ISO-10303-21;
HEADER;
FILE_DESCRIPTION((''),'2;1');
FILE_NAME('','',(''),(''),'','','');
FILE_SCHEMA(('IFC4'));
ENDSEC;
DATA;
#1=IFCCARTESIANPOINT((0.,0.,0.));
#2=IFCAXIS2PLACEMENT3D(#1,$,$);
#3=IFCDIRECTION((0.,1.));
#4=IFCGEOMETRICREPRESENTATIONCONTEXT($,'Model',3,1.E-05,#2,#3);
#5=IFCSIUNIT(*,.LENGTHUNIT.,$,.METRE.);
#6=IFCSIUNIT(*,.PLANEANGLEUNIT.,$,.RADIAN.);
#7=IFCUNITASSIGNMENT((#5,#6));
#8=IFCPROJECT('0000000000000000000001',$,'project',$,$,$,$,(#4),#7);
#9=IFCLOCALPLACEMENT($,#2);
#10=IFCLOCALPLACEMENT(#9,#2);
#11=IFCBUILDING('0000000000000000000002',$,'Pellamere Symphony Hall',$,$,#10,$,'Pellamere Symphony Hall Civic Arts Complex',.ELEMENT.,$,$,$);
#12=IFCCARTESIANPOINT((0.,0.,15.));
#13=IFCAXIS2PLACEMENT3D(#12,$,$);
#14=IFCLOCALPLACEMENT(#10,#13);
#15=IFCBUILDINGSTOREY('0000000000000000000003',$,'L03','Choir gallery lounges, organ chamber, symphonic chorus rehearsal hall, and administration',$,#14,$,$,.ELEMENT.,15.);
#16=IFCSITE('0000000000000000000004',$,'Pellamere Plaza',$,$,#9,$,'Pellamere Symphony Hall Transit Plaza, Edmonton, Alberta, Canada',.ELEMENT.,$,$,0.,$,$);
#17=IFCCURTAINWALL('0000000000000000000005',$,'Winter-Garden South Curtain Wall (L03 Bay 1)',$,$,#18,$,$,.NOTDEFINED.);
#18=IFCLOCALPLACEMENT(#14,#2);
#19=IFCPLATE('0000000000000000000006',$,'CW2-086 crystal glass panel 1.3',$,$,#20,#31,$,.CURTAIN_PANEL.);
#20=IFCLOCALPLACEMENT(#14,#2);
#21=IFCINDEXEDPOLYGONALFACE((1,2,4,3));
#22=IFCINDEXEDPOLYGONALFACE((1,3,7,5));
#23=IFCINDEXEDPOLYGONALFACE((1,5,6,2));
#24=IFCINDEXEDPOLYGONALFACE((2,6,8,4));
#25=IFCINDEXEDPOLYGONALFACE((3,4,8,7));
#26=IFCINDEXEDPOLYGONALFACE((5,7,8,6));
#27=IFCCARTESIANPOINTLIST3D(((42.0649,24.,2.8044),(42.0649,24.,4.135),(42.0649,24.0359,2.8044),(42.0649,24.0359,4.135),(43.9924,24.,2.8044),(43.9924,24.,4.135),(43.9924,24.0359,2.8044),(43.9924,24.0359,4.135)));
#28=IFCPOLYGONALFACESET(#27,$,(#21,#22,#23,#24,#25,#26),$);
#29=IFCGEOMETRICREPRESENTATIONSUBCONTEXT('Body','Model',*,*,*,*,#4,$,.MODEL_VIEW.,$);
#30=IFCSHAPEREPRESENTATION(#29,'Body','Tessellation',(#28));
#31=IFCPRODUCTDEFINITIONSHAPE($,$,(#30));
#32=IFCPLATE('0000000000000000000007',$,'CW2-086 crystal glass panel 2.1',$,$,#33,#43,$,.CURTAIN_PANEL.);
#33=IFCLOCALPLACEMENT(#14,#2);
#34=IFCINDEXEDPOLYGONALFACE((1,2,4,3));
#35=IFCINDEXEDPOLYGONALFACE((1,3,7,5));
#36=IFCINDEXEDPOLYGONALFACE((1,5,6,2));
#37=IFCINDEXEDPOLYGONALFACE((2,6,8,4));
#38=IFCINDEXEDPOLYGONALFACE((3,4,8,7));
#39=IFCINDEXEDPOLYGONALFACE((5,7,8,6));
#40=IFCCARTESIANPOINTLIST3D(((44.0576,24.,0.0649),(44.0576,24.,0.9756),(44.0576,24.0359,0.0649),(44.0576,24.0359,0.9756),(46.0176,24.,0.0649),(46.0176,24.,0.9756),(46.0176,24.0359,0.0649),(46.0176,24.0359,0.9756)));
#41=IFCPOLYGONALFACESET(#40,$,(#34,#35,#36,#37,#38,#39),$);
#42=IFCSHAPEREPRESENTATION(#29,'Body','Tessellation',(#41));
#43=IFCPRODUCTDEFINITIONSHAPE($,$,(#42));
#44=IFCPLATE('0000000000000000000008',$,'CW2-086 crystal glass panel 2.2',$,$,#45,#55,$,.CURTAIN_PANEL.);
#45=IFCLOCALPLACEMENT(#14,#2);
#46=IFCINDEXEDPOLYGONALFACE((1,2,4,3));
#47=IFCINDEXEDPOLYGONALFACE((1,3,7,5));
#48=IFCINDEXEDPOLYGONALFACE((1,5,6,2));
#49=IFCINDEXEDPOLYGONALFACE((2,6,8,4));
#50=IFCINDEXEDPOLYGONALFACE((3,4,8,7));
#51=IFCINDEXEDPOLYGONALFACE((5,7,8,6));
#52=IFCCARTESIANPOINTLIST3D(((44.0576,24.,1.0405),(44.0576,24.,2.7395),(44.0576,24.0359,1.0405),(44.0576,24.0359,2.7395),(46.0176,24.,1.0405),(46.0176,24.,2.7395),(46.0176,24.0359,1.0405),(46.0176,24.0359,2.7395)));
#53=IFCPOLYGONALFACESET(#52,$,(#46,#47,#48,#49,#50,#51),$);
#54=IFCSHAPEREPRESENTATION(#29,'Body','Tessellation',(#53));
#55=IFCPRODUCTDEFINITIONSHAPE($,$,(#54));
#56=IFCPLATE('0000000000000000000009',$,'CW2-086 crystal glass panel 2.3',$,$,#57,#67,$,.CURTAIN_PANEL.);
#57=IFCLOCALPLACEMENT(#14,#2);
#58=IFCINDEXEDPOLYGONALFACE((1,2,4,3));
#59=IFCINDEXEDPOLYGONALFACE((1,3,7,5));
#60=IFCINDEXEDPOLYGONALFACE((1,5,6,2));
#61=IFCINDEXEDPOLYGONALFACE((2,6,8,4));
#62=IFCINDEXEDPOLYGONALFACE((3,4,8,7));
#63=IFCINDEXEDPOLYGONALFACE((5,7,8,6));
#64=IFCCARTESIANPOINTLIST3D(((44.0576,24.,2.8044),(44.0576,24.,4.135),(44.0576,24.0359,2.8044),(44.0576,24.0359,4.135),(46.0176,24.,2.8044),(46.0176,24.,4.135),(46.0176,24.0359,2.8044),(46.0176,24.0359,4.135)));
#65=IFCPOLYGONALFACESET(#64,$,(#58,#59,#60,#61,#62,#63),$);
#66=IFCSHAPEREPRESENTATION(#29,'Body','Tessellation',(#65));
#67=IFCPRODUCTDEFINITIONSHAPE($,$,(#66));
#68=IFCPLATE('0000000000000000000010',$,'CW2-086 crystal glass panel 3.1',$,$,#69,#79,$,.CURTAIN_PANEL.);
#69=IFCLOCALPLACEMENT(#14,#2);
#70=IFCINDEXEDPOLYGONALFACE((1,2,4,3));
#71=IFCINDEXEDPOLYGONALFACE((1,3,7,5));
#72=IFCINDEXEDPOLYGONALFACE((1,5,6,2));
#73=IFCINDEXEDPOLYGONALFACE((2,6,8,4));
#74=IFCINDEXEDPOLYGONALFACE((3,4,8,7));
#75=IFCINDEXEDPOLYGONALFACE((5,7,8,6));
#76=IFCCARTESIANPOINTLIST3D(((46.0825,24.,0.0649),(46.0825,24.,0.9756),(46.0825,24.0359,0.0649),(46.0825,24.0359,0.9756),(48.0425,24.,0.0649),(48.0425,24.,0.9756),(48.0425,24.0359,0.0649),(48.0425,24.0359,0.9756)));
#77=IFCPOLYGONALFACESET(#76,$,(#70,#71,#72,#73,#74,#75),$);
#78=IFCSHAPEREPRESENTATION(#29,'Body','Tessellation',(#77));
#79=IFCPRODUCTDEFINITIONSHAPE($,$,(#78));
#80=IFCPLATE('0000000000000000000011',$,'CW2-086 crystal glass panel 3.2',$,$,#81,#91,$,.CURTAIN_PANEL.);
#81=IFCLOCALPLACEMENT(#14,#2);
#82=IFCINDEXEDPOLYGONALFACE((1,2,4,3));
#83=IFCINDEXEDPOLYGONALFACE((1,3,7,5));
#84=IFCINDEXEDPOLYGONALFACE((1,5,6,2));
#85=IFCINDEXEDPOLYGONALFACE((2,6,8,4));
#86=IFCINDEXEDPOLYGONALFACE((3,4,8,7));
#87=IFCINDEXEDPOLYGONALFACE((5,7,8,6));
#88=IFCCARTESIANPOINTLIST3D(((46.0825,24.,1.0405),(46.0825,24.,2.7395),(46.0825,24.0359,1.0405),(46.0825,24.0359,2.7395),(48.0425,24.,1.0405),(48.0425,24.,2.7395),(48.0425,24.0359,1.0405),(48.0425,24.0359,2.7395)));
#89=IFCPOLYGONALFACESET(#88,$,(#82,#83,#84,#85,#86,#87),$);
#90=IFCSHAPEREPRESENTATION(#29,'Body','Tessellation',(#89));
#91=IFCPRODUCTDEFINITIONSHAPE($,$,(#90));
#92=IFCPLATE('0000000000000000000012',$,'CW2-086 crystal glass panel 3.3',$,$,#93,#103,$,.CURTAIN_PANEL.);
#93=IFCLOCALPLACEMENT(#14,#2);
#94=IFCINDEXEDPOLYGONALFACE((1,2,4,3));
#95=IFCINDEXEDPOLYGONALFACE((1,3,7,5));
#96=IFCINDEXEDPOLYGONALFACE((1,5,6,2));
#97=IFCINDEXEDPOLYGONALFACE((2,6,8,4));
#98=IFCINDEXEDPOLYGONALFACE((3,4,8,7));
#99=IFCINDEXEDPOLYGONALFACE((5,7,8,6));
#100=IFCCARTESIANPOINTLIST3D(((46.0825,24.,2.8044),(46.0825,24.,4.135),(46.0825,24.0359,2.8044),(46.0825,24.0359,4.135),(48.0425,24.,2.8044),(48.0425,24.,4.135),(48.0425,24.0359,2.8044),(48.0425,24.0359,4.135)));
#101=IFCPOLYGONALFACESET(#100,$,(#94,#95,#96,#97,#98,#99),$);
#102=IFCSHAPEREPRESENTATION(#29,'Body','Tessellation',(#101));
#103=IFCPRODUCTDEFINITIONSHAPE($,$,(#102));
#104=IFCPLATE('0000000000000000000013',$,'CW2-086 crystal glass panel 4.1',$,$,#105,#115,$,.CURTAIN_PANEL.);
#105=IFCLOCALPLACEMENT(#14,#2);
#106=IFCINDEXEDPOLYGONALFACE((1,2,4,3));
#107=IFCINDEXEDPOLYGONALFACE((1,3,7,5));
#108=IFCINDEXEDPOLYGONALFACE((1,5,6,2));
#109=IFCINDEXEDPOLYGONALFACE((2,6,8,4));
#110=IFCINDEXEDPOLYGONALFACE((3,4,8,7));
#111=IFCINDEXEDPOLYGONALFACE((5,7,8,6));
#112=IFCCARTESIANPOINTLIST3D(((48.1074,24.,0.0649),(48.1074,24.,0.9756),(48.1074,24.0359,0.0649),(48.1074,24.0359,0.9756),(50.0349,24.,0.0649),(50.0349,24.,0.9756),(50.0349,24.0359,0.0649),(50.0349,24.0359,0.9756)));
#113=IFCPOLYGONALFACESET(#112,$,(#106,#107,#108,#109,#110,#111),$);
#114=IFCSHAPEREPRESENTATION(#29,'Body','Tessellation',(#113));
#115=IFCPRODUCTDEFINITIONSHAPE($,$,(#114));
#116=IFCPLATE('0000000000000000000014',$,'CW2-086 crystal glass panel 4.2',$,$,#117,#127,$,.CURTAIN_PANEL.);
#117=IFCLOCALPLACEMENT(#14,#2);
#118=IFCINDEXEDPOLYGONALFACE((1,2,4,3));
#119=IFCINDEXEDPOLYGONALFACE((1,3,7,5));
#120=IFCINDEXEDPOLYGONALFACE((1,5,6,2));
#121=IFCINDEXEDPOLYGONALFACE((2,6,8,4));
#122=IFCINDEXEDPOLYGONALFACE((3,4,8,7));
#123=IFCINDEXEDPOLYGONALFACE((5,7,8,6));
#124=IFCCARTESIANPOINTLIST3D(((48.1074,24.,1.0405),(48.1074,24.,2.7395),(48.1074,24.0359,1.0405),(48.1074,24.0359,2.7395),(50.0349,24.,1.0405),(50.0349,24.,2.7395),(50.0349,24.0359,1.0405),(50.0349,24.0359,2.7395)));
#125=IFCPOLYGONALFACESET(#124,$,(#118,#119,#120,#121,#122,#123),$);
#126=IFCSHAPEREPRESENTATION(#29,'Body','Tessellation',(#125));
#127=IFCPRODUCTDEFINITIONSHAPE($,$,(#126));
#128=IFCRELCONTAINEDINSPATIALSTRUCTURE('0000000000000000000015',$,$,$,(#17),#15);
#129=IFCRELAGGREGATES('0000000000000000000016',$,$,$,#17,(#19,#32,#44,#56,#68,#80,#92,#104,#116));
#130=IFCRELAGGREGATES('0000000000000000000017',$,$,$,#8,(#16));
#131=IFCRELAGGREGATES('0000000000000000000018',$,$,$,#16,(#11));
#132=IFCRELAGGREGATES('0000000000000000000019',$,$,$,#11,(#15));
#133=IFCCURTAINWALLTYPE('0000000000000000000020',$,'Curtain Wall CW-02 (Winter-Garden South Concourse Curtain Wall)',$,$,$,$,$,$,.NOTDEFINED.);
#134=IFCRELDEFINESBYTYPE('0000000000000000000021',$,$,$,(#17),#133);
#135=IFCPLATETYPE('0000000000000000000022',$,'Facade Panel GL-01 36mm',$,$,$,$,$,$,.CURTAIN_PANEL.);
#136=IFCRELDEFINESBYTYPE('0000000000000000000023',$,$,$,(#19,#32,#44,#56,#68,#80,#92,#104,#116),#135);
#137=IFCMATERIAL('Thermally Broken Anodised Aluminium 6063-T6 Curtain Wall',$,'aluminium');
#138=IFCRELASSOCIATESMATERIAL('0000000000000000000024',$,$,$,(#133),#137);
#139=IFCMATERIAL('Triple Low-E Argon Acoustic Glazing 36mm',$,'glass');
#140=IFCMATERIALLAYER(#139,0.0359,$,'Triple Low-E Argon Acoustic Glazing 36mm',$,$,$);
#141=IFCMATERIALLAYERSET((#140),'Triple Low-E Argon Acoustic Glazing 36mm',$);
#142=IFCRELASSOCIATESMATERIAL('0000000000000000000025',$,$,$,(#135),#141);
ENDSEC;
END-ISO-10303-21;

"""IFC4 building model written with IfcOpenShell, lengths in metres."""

from ifc_helpers import new_model, si_unit, direction, frame, origin, place, context, subcontext, project, spatial, polyline, outline, extrude, material, layer, layer_set, type_object, element, aggregate, save


model = new_model("IFC4")

# Units and contexts
model_context = context("Model", 3, precision=1e-05, world=origin(), true_north=direction((0.0, 1.0)))
body_context = subcontext(model_context, "Body", "Model", "MODEL_VIEW")
ifc_project = project(units=[si_unit("LENGTHUNIT", "METRE"), si_unit("PLANEANGLEUNIT", "RADIAN")], contexts=[model_context])

# Site, building, storey
site_placement = place(None, origin())
site = spatial("IfcSite", under=ifc_project, at=site_placement, Name="Pellamere Plaza", LongName="Pellamere Symphony Hall Transit Plaza, Edmonton, Alberta, Canada", CompositionType="ELEMENT", RefElevation=0.0)
building_placement = place(site_placement, origin())
building = spatial("IfcBuilding", under=site, at=building_placement, Name="Pellamere Symphony Hall", LongName="Pellamere Symphony Hall Civic Arts Complex", CompositionType="ELEMENT")
storey_placement = place(building_placement, frame((0.0, 0.0, 15.0)))
storey = spatial("IfcBuildingStorey", under=building, at=storey_placement, Name="L03", Description="Choir gallery lounges, organ chamber, symphonic chorus rehearsal hall, and administration", CompositionType="ELEMENT", Elevation=15.0)

# Curtain wall, plates
ifc_material_1 = material(Name="Thermally Broken Anodised Aluminium 6063-T6 Curtain Wall", Category="aluminium")
curtain_wall_type = type_object("IfcCurtainWallType", Name="Curtain Wall CW-02 (Winter-Garden South Concourse Curtain Wall)", PredefinedType="NOTDEFINED", material=ifc_material_1)
curtain_wall_placement = place(storey_placement, origin())
curtain_wall = element("IfcCurtainWall", 1, at=curtain_wall_placement, inside=storey, type_object=curtain_wall_type, Name="Winter-Garden South Curtain Wall (L03 Bay 1)", PredefinedType="NOTDEFINED")
ifc_material_2 = material(Name="Triple Low-E Argon Acoustic Glazing 36mm", Category="glass")
ifc_layer = layer(ifc_material_2, 0.0359, Name="Triple Low-E Argon Acoustic Glazing 36mm")
ifc_layer_set = layer_set([ifc_layer], Name="Triple Low-E Argon Acoustic Glazing 36mm")
plate_type = type_object("IfcPlateType", Name="Facade Panel GL-01 36mm", PredefinedType="CURTAIN_PANEL", material=ifc_layer_set)
plate_1_placement = place(storey_placement, frame((42.0649, 24.0, 2.8044), z_axis=(0.0, -1.0, 0.0), x_axis=(1.0, 0.0, 0.0)))
plate_1 = element("IfcPlate", 2, at=plate_1_placement, type_object=plate_type, Name="CW2-086 crystal glass panel 1.3", PredefinedType="CURTAIN_PANEL", context=body_context, shape_type="SweptSolid", body=[
    extrude(outline(polyline([(0.0, 0.0), (1.9275, 0.0), (1.9275, 1.3306), (0.0, 1.3306), (0.0, 0.0)])), origin(), (0.0, 0.0, -1.0), 0.0359),
])
plate_2_placement = place(storey_placement, frame((44.0576, 24.0, 0.0649), z_axis=(0.0, -1.0, 0.0), x_axis=(1.0, 0.0, 0.0)))
plate_2 = element("IfcPlate", 3, at=plate_2_placement, type_object=plate_type, Name="CW2-086 crystal glass panel 2.1", PredefinedType="CURTAIN_PANEL", context=body_context, shape_type="SweptSolid", body=[
    extrude(outline(polyline([(0.0, 0.0), (1.96, 0.0), (1.96, 0.9106), (0.0, 0.9106), (0.0, 0.0)])), origin(), (0.0, 0.0, -1.0), 0.0359),
])
plate_3_placement = place(storey_placement, frame((44.0576, 24.0, 1.0405), z_axis=(0.0, -1.0, 0.0), x_axis=(1.0, 0.0, 0.0)))
plate_3 = element("IfcPlate", 4, at=plate_3_placement, type_object=plate_type, Name="CW2-086 crystal glass panel 2.2", PredefinedType="CURTAIN_PANEL", context=body_context, shape_type="SweptSolid", body=[
    extrude(outline(polyline([(0.0, 0.0), (1.96, 0.0), (1.96, 1.699), (0.0, 1.699), (0.0, 0.0)])), origin(), (0.0, 0.0, -1.0), 0.0359),
])
plate_4_placement = place(storey_placement, frame((44.0576, 24.0, 2.8044), z_axis=(0.0, -1.0, 0.0), x_axis=(1.0, 0.0, 0.0)))
plate_4 = element("IfcPlate", 5, at=plate_4_placement, type_object=plate_type, Name="CW2-086 crystal glass panel 2.3", PredefinedType="CURTAIN_PANEL", context=body_context, shape_type="SweptSolid", body=[
    extrude(outline(polyline([(0.0, 0.0), (1.96, 0.0), (1.96, 1.3306), (0.0, 1.3306), (0.0, 0.0)])), origin(), (0.0, 0.0, -1.0), 0.0359),
])
plate_5_placement = place(storey_placement, frame((46.0825, 24.0, 0.0649), z_axis=(0.0, -1.0, 0.0), x_axis=(1.0, 0.0, 0.0)))
plate_5 = element("IfcPlate", 6, at=plate_5_placement, type_object=plate_type, Name="CW2-086 crystal glass panel 3.1", PredefinedType="CURTAIN_PANEL", context=body_context, shape_type="SweptSolid", body=[
    extrude(outline(polyline([(0.0, 0.0), (1.96, 0.0), (1.96, 0.9106), (0.0, 0.9106), (0.0, 0.0)])), origin(), (0.0, 0.0, -1.0), 0.0359),
])
plate_6_placement = place(storey_placement, frame((46.0825, 24.0, 1.0405), z_axis=(0.0, -1.0, 0.0), x_axis=(1.0, 0.0, 0.0)))
plate_6 = element("IfcPlate", 7, at=plate_6_placement, type_object=plate_type, Name="CW2-086 crystal glass panel 3.2", PredefinedType="CURTAIN_PANEL", context=body_context, shape_type="SweptSolid", body=[
    extrude(outline(polyline([(0.0, 0.0), (1.96, 0.0), (1.96, 1.699), (0.0, 1.699), (0.0, 0.0)])), origin(), (0.0, 0.0, -1.0), 0.0359),
])
plate_7_placement = place(storey_placement, frame((46.0825, 24.0, 2.8044), z_axis=(0.0, -1.0, 0.0), x_axis=(1.0, 0.0, 0.0)))
plate_7 = element("IfcPlate", 8, at=plate_7_placement, type_object=plate_type, Name="CW2-086 crystal glass panel 3.3", PredefinedType="CURTAIN_PANEL", context=body_context, shape_type="SweptSolid", body=[
    extrude(outline(polyline([(0.0, 0.0), (1.96, 0.0), (1.96, 1.3306), (0.0, 1.3306), (0.0, 0.0)])), origin(), (0.0, 0.0, -1.0), 0.0359),
])
plate_8_placement = place(storey_placement, frame((48.1074, 24.0, 0.0649), z_axis=(0.0, -1.0, 0.0), x_axis=(1.0, 0.0, 0.0)))
plate_8 = element("IfcPlate", 9, at=plate_8_placement, type_object=plate_type, Name="CW2-086 crystal glass panel 4.1", PredefinedType="CURTAIN_PANEL", context=body_context, shape_type="SweptSolid", body=[
    extrude(outline(polyline([(0.0, 0.0), (1.9275, 0.0), (1.9275, 0.9106), (0.0, 0.9106), (0.0, 0.0)])), origin(), (0.0, 0.0, -1.0), 0.0359),
])
plate_9_placement = place(storey_placement, frame((48.1074, 24.0, 1.0405), z_axis=(0.0, -1.0, 0.0), x_axis=(1.0, 0.0, 0.0)))
plate_9 = element("IfcPlate", 10, at=plate_9_placement, type_object=plate_type, Name="CW2-086 crystal glass panel 4.2", PredefinedType="CURTAIN_PANEL", context=body_context, shape_type="SweptSolid", body=[
    extrude(outline(polyline([(0.0, 0.0), (1.9275, 0.0), (1.9275, 1.699), (0.0, 1.699), (0.0, 0.0)])), origin(), (0.0, 0.0, -1.0), 0.0359),
])
aggregate(curtain_wall, [plate_1, plate_2, plate_3, plate_4, plate_5, plate_6, plate_7, plate_8, plate_9])

save(model, "model.ifc")
